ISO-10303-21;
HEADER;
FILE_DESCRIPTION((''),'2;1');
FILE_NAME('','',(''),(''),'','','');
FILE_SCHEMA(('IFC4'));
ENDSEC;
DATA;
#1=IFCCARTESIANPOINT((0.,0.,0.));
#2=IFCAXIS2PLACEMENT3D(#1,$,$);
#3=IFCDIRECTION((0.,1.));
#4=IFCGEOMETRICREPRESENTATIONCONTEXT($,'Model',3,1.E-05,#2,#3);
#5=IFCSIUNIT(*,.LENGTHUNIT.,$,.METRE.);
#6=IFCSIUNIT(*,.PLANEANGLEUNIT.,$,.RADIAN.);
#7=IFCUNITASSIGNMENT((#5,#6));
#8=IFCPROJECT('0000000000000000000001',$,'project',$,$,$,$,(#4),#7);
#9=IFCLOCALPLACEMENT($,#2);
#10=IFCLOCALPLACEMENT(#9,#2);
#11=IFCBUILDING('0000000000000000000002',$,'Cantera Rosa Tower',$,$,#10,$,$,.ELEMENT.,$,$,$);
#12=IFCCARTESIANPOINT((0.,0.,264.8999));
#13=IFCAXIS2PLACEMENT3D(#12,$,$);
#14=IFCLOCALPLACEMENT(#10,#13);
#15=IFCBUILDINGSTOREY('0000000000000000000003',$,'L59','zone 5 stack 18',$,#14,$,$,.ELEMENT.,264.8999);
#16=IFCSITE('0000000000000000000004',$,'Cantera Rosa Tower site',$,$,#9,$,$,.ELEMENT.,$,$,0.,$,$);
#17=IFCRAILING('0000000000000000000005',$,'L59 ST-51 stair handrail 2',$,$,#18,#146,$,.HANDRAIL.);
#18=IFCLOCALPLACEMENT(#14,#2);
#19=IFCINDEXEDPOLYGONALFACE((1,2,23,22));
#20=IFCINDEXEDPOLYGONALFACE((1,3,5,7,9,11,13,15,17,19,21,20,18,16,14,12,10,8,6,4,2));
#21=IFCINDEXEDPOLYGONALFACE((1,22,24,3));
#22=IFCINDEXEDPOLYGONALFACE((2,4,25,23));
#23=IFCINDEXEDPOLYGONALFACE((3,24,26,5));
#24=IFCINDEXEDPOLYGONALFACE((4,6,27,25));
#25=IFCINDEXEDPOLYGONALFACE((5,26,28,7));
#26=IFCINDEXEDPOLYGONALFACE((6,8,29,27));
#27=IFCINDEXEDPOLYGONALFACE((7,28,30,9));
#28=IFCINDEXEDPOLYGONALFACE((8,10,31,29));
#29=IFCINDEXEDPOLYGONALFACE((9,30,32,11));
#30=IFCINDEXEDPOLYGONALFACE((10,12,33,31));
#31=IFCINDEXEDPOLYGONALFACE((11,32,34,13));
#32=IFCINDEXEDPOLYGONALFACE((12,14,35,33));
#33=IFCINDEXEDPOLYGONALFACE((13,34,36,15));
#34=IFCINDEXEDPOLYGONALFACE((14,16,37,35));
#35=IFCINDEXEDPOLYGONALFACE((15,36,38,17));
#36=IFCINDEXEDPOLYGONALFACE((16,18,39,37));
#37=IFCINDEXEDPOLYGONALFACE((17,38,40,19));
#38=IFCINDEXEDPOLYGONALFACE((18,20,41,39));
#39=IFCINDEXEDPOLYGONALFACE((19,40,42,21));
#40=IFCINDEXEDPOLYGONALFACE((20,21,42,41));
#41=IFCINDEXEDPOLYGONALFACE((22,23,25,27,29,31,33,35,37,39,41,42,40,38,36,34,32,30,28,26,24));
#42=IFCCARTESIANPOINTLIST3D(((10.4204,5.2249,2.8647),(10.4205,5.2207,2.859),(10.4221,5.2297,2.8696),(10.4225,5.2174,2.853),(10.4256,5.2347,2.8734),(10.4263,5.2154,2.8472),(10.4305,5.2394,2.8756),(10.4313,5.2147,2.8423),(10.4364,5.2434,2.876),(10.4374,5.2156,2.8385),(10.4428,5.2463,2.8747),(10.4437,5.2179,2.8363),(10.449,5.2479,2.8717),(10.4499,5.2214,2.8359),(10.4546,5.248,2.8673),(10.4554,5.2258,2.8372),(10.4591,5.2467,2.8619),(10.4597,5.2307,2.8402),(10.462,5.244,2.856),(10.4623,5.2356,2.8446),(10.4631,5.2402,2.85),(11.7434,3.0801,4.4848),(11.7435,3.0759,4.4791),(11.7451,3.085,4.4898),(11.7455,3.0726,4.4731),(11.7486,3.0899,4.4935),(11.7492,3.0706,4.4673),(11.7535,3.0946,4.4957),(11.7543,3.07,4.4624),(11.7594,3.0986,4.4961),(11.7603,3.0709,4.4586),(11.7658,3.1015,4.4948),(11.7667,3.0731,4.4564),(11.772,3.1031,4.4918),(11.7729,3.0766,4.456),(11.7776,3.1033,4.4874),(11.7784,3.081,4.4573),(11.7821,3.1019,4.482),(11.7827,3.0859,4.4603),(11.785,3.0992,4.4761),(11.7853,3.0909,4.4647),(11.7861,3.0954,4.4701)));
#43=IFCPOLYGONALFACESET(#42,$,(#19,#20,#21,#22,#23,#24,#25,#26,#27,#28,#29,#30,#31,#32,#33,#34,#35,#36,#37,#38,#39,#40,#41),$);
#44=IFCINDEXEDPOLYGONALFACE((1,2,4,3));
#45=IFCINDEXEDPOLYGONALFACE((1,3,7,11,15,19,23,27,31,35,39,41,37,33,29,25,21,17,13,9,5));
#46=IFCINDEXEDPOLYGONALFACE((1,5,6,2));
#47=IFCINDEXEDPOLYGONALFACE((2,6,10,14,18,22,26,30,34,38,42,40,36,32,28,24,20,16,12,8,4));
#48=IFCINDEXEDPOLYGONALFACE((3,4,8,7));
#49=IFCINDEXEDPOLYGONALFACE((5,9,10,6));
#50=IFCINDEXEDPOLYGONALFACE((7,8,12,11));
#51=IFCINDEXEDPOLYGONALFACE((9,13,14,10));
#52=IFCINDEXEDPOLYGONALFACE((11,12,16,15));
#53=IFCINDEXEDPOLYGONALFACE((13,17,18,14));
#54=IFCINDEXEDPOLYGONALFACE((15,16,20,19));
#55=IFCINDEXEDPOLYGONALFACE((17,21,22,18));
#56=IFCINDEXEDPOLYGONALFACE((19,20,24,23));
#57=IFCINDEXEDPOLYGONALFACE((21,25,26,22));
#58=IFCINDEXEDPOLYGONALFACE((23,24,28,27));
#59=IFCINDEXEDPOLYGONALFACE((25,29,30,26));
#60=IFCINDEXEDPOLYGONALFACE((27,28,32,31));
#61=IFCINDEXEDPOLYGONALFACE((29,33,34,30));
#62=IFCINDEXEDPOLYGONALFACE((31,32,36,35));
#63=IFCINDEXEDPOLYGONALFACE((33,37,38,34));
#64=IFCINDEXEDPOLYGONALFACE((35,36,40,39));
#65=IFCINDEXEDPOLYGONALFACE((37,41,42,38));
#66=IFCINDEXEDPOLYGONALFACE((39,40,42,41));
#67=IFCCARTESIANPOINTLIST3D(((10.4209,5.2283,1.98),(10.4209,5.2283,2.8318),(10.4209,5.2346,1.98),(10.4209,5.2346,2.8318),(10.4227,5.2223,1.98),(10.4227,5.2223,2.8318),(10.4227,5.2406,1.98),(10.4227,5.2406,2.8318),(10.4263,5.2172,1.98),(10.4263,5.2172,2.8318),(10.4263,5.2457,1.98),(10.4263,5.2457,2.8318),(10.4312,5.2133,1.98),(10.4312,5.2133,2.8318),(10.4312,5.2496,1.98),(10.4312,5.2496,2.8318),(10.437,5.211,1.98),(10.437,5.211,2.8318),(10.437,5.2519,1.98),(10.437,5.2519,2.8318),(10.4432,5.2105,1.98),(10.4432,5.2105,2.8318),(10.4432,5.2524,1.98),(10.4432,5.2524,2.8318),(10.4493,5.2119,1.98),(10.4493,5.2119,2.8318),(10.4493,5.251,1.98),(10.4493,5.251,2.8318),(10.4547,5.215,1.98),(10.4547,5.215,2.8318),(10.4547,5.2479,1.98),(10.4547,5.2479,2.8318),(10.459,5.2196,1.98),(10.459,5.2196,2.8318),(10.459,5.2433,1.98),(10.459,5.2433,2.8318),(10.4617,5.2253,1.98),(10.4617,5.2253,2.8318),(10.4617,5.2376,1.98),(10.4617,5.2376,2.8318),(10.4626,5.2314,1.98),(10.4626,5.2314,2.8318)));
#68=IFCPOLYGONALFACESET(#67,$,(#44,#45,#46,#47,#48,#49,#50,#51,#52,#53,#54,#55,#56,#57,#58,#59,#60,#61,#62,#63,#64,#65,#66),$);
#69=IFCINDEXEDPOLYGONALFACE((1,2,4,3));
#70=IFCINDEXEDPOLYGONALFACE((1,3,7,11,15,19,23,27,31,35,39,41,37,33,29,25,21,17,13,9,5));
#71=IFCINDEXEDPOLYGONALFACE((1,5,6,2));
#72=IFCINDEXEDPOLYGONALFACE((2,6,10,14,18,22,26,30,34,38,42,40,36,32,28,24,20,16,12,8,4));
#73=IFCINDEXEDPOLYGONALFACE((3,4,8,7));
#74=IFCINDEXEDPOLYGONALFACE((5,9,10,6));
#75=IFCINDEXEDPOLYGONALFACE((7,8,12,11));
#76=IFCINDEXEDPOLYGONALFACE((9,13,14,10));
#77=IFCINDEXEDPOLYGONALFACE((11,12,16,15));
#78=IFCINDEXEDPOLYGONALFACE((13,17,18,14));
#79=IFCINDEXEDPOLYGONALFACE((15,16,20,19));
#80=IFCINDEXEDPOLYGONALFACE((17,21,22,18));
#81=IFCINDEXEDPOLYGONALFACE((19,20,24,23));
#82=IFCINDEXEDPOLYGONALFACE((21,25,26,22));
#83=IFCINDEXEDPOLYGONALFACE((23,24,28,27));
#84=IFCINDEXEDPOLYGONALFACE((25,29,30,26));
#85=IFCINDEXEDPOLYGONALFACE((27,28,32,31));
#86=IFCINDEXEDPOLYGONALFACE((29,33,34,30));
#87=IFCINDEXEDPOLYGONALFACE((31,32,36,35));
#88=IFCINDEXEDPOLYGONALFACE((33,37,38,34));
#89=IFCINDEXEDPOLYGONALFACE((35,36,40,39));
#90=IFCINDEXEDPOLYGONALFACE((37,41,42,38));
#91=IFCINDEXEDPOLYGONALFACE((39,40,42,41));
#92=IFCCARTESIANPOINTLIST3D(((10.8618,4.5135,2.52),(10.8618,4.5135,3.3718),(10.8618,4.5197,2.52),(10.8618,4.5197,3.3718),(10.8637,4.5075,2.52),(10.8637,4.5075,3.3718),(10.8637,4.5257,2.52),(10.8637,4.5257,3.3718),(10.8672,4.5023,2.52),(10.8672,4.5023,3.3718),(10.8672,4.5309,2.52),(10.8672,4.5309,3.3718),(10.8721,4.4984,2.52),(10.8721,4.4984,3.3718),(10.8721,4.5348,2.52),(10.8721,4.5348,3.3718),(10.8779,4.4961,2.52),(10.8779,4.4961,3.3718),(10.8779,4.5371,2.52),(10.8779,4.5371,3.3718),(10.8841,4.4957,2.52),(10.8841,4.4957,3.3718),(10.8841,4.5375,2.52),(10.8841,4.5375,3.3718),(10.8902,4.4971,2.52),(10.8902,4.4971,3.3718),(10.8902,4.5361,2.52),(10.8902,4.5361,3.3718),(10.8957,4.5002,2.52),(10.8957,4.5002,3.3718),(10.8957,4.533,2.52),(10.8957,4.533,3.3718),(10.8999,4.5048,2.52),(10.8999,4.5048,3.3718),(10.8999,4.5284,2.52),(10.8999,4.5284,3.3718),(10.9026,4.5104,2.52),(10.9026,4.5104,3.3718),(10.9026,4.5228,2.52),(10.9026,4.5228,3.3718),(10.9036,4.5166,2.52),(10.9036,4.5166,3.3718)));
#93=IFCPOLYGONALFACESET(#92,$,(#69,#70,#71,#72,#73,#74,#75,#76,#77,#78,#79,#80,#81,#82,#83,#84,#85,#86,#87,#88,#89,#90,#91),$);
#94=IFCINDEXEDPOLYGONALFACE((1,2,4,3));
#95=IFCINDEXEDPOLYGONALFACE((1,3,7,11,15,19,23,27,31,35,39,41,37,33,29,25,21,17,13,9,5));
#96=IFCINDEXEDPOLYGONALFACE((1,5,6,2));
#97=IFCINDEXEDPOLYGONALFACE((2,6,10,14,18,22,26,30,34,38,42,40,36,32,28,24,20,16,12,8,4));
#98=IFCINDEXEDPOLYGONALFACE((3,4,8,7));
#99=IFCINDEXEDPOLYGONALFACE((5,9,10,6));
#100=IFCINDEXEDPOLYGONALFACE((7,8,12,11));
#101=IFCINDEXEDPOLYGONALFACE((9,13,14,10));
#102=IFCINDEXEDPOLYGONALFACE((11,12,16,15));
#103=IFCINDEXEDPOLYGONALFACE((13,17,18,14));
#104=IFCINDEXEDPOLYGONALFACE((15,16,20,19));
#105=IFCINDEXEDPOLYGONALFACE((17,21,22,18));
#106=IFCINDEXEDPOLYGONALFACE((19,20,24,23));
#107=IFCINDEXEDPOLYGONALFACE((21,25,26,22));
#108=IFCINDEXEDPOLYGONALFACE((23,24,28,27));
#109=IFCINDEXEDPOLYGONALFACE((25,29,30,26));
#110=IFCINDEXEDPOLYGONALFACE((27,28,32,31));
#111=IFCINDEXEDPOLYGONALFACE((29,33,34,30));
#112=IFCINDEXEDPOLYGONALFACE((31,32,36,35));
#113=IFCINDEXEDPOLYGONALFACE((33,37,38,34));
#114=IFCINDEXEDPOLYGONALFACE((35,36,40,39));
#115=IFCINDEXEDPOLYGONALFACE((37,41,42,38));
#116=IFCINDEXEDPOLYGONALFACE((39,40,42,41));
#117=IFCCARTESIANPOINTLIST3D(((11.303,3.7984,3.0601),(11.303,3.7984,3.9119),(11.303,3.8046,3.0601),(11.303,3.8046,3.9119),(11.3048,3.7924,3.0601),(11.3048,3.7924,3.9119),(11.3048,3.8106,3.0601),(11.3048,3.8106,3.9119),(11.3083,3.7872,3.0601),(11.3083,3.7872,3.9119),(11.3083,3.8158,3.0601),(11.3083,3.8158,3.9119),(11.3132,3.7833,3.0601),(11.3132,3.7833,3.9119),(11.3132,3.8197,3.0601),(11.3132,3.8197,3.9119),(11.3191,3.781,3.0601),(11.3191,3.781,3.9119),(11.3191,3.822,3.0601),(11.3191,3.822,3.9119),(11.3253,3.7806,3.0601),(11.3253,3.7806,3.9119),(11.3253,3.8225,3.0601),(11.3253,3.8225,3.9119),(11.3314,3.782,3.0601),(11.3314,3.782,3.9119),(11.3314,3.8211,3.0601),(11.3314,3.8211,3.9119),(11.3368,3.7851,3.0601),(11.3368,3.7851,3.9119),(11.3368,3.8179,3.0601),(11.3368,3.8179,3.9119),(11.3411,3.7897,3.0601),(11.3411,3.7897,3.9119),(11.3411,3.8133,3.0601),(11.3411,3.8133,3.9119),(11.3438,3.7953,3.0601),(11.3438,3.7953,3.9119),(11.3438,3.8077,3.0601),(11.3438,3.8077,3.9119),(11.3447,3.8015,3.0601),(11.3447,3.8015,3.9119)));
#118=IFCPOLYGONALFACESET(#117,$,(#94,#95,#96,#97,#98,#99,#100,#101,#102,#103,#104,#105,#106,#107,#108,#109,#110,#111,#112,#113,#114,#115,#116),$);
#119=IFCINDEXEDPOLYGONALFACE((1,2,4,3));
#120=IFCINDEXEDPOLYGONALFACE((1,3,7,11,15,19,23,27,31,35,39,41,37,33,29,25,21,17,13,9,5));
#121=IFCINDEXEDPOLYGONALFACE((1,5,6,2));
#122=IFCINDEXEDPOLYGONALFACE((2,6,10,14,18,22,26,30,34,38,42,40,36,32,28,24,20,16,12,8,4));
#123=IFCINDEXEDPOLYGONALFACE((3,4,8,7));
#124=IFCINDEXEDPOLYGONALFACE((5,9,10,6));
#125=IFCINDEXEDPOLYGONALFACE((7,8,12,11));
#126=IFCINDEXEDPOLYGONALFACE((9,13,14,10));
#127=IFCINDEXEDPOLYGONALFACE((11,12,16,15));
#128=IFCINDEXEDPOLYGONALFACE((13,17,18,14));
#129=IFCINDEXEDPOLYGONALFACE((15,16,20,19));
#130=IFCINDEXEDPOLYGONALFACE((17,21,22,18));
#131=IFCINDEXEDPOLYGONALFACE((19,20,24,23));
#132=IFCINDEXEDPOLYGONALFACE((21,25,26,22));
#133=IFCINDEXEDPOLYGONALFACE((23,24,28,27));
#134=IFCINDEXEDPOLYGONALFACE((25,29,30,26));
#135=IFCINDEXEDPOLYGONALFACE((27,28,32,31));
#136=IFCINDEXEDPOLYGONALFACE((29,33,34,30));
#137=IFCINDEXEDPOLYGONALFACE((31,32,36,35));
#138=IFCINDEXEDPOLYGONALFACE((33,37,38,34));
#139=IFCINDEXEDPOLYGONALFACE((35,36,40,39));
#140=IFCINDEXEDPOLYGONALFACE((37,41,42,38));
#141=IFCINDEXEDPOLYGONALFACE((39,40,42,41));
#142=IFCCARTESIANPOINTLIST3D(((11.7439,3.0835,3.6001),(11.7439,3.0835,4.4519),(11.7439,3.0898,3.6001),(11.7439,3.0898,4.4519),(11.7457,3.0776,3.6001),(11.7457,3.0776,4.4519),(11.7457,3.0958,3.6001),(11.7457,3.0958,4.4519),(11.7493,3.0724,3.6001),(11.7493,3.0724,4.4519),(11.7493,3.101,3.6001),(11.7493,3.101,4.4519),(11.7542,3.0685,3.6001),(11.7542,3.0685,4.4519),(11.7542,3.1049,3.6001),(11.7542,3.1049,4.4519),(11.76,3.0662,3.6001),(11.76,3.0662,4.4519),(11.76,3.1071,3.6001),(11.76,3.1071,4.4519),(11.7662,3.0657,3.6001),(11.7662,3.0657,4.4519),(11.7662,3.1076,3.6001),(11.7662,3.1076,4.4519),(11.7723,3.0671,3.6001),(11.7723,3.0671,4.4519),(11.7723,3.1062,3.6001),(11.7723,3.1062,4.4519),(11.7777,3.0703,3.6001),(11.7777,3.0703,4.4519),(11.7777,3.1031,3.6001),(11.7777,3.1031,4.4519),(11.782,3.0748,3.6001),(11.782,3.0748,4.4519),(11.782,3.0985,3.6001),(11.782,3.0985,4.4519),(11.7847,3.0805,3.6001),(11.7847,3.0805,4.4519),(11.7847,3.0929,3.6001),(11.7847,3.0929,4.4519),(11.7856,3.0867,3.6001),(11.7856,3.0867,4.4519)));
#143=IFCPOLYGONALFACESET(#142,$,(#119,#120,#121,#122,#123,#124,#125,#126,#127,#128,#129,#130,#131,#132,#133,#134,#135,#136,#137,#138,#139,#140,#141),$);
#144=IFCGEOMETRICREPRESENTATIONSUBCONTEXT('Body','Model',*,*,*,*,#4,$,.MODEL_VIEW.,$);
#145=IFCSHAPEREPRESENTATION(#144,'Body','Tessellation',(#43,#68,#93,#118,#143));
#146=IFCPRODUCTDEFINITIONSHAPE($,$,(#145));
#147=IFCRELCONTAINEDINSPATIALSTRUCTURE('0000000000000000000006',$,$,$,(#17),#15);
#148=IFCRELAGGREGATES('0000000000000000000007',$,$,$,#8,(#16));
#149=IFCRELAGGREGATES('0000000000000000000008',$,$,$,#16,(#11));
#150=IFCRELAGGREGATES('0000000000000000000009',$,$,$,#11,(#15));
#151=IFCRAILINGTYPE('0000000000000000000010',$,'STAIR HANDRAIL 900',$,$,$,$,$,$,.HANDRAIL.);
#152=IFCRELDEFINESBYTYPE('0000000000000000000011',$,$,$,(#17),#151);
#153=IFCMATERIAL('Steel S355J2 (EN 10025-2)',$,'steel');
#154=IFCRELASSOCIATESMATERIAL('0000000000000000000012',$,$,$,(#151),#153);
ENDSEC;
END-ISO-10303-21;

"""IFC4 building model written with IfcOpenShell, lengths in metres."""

from ifc_helpers import new_model, si_unit, direction, frame, origin, origin_2d, place, context, subcontext, project, spatial, circle, extrude, material, type_object, element, save


model = new_model("IFC4")

# Units and contexts
model_context = context("Model", 3, precision=1e-05, world=origin(), true_north=direction((0.0, 1.0)))
body_context = subcontext(model_context, "Body", "Model", "MODEL_VIEW")
ifc_project = project(units=[si_unit("LENGTHUNIT", "METRE"), si_unit("PLANEANGLEUNIT", "RADIAN")], contexts=[model_context])

# Site, building, storey
site_placement = place(None, origin())
site = spatial("IfcSite", under=ifc_project, at=site_placement, Name="Cantera Rosa Tower site", CompositionType="ELEMENT", RefElevation=0.0)
building_placement = place(site_placement, origin())
building = spatial("IfcBuilding", under=site, at=building_placement, Name="Cantera Rosa Tower", CompositionType="ELEMENT")
storey_placement = place(building_placement, frame((0.0, 0.0, 264.8999)))
storey = spatial("IfcBuildingStorey", under=building, at=storey_placement, Name="L59", Description="zone 5 stack 18", CompositionType="ELEMENT", Elevation=264.8999)

# Railing
ifc_material_1 = material(Name="Steel S355J2 (EN 10025-2)", Category="steel")
railing_type_1 = type_object("IfcRailingType", Name="STAIR HANDRAIL 900", PredefinedType="HANDRAIL", material=ifc_material_1)
railing_1_placement = place(storey_placement, frame((10.4417, 5.2314, 1.98)))
element("IfcRailing", 1, at=railing_1_placement, inside=storey, type_object=railing_type_1, Name="L59 ST-51 stair handrail 2", PredefinedType="HANDRAIL", context=body_context, shape_type="SweptSolid", body=[
    extrude(circle(Radius=0.0239, at=origin_2d()), frame((0.0, 0.0, 0.876), z_axis=(0.441609, -0.715914, 0.540786), x_axis=(0.851102, 0.525, 0.0)), (0.0, 0.0, 1.0), 2.9958),
    extrude(circle(Radius=0.021, at=origin_2d()), origin(), (0.0, 0.0, 1.0), 0.8518),
    extrude(circle(Radius=0.021, at=origin_2d()), frame((0.4409, -0.7148, 0.54)), (0.0, 0.0, 1.0), 0.8518),
    extrude(circle(Radius=0.021, at=origin_2d()), frame((0.8821, -1.4299, 1.0801)), (0.0, 0.0, 1.0), 0.8518),
    extrude(circle(Radius=0.021, at=origin_2d()), frame((1.323, -2.1448, 1.6201)), (0.0, 0.0, 1.0), 0.8518),
])

save(model, "model.ifc")
